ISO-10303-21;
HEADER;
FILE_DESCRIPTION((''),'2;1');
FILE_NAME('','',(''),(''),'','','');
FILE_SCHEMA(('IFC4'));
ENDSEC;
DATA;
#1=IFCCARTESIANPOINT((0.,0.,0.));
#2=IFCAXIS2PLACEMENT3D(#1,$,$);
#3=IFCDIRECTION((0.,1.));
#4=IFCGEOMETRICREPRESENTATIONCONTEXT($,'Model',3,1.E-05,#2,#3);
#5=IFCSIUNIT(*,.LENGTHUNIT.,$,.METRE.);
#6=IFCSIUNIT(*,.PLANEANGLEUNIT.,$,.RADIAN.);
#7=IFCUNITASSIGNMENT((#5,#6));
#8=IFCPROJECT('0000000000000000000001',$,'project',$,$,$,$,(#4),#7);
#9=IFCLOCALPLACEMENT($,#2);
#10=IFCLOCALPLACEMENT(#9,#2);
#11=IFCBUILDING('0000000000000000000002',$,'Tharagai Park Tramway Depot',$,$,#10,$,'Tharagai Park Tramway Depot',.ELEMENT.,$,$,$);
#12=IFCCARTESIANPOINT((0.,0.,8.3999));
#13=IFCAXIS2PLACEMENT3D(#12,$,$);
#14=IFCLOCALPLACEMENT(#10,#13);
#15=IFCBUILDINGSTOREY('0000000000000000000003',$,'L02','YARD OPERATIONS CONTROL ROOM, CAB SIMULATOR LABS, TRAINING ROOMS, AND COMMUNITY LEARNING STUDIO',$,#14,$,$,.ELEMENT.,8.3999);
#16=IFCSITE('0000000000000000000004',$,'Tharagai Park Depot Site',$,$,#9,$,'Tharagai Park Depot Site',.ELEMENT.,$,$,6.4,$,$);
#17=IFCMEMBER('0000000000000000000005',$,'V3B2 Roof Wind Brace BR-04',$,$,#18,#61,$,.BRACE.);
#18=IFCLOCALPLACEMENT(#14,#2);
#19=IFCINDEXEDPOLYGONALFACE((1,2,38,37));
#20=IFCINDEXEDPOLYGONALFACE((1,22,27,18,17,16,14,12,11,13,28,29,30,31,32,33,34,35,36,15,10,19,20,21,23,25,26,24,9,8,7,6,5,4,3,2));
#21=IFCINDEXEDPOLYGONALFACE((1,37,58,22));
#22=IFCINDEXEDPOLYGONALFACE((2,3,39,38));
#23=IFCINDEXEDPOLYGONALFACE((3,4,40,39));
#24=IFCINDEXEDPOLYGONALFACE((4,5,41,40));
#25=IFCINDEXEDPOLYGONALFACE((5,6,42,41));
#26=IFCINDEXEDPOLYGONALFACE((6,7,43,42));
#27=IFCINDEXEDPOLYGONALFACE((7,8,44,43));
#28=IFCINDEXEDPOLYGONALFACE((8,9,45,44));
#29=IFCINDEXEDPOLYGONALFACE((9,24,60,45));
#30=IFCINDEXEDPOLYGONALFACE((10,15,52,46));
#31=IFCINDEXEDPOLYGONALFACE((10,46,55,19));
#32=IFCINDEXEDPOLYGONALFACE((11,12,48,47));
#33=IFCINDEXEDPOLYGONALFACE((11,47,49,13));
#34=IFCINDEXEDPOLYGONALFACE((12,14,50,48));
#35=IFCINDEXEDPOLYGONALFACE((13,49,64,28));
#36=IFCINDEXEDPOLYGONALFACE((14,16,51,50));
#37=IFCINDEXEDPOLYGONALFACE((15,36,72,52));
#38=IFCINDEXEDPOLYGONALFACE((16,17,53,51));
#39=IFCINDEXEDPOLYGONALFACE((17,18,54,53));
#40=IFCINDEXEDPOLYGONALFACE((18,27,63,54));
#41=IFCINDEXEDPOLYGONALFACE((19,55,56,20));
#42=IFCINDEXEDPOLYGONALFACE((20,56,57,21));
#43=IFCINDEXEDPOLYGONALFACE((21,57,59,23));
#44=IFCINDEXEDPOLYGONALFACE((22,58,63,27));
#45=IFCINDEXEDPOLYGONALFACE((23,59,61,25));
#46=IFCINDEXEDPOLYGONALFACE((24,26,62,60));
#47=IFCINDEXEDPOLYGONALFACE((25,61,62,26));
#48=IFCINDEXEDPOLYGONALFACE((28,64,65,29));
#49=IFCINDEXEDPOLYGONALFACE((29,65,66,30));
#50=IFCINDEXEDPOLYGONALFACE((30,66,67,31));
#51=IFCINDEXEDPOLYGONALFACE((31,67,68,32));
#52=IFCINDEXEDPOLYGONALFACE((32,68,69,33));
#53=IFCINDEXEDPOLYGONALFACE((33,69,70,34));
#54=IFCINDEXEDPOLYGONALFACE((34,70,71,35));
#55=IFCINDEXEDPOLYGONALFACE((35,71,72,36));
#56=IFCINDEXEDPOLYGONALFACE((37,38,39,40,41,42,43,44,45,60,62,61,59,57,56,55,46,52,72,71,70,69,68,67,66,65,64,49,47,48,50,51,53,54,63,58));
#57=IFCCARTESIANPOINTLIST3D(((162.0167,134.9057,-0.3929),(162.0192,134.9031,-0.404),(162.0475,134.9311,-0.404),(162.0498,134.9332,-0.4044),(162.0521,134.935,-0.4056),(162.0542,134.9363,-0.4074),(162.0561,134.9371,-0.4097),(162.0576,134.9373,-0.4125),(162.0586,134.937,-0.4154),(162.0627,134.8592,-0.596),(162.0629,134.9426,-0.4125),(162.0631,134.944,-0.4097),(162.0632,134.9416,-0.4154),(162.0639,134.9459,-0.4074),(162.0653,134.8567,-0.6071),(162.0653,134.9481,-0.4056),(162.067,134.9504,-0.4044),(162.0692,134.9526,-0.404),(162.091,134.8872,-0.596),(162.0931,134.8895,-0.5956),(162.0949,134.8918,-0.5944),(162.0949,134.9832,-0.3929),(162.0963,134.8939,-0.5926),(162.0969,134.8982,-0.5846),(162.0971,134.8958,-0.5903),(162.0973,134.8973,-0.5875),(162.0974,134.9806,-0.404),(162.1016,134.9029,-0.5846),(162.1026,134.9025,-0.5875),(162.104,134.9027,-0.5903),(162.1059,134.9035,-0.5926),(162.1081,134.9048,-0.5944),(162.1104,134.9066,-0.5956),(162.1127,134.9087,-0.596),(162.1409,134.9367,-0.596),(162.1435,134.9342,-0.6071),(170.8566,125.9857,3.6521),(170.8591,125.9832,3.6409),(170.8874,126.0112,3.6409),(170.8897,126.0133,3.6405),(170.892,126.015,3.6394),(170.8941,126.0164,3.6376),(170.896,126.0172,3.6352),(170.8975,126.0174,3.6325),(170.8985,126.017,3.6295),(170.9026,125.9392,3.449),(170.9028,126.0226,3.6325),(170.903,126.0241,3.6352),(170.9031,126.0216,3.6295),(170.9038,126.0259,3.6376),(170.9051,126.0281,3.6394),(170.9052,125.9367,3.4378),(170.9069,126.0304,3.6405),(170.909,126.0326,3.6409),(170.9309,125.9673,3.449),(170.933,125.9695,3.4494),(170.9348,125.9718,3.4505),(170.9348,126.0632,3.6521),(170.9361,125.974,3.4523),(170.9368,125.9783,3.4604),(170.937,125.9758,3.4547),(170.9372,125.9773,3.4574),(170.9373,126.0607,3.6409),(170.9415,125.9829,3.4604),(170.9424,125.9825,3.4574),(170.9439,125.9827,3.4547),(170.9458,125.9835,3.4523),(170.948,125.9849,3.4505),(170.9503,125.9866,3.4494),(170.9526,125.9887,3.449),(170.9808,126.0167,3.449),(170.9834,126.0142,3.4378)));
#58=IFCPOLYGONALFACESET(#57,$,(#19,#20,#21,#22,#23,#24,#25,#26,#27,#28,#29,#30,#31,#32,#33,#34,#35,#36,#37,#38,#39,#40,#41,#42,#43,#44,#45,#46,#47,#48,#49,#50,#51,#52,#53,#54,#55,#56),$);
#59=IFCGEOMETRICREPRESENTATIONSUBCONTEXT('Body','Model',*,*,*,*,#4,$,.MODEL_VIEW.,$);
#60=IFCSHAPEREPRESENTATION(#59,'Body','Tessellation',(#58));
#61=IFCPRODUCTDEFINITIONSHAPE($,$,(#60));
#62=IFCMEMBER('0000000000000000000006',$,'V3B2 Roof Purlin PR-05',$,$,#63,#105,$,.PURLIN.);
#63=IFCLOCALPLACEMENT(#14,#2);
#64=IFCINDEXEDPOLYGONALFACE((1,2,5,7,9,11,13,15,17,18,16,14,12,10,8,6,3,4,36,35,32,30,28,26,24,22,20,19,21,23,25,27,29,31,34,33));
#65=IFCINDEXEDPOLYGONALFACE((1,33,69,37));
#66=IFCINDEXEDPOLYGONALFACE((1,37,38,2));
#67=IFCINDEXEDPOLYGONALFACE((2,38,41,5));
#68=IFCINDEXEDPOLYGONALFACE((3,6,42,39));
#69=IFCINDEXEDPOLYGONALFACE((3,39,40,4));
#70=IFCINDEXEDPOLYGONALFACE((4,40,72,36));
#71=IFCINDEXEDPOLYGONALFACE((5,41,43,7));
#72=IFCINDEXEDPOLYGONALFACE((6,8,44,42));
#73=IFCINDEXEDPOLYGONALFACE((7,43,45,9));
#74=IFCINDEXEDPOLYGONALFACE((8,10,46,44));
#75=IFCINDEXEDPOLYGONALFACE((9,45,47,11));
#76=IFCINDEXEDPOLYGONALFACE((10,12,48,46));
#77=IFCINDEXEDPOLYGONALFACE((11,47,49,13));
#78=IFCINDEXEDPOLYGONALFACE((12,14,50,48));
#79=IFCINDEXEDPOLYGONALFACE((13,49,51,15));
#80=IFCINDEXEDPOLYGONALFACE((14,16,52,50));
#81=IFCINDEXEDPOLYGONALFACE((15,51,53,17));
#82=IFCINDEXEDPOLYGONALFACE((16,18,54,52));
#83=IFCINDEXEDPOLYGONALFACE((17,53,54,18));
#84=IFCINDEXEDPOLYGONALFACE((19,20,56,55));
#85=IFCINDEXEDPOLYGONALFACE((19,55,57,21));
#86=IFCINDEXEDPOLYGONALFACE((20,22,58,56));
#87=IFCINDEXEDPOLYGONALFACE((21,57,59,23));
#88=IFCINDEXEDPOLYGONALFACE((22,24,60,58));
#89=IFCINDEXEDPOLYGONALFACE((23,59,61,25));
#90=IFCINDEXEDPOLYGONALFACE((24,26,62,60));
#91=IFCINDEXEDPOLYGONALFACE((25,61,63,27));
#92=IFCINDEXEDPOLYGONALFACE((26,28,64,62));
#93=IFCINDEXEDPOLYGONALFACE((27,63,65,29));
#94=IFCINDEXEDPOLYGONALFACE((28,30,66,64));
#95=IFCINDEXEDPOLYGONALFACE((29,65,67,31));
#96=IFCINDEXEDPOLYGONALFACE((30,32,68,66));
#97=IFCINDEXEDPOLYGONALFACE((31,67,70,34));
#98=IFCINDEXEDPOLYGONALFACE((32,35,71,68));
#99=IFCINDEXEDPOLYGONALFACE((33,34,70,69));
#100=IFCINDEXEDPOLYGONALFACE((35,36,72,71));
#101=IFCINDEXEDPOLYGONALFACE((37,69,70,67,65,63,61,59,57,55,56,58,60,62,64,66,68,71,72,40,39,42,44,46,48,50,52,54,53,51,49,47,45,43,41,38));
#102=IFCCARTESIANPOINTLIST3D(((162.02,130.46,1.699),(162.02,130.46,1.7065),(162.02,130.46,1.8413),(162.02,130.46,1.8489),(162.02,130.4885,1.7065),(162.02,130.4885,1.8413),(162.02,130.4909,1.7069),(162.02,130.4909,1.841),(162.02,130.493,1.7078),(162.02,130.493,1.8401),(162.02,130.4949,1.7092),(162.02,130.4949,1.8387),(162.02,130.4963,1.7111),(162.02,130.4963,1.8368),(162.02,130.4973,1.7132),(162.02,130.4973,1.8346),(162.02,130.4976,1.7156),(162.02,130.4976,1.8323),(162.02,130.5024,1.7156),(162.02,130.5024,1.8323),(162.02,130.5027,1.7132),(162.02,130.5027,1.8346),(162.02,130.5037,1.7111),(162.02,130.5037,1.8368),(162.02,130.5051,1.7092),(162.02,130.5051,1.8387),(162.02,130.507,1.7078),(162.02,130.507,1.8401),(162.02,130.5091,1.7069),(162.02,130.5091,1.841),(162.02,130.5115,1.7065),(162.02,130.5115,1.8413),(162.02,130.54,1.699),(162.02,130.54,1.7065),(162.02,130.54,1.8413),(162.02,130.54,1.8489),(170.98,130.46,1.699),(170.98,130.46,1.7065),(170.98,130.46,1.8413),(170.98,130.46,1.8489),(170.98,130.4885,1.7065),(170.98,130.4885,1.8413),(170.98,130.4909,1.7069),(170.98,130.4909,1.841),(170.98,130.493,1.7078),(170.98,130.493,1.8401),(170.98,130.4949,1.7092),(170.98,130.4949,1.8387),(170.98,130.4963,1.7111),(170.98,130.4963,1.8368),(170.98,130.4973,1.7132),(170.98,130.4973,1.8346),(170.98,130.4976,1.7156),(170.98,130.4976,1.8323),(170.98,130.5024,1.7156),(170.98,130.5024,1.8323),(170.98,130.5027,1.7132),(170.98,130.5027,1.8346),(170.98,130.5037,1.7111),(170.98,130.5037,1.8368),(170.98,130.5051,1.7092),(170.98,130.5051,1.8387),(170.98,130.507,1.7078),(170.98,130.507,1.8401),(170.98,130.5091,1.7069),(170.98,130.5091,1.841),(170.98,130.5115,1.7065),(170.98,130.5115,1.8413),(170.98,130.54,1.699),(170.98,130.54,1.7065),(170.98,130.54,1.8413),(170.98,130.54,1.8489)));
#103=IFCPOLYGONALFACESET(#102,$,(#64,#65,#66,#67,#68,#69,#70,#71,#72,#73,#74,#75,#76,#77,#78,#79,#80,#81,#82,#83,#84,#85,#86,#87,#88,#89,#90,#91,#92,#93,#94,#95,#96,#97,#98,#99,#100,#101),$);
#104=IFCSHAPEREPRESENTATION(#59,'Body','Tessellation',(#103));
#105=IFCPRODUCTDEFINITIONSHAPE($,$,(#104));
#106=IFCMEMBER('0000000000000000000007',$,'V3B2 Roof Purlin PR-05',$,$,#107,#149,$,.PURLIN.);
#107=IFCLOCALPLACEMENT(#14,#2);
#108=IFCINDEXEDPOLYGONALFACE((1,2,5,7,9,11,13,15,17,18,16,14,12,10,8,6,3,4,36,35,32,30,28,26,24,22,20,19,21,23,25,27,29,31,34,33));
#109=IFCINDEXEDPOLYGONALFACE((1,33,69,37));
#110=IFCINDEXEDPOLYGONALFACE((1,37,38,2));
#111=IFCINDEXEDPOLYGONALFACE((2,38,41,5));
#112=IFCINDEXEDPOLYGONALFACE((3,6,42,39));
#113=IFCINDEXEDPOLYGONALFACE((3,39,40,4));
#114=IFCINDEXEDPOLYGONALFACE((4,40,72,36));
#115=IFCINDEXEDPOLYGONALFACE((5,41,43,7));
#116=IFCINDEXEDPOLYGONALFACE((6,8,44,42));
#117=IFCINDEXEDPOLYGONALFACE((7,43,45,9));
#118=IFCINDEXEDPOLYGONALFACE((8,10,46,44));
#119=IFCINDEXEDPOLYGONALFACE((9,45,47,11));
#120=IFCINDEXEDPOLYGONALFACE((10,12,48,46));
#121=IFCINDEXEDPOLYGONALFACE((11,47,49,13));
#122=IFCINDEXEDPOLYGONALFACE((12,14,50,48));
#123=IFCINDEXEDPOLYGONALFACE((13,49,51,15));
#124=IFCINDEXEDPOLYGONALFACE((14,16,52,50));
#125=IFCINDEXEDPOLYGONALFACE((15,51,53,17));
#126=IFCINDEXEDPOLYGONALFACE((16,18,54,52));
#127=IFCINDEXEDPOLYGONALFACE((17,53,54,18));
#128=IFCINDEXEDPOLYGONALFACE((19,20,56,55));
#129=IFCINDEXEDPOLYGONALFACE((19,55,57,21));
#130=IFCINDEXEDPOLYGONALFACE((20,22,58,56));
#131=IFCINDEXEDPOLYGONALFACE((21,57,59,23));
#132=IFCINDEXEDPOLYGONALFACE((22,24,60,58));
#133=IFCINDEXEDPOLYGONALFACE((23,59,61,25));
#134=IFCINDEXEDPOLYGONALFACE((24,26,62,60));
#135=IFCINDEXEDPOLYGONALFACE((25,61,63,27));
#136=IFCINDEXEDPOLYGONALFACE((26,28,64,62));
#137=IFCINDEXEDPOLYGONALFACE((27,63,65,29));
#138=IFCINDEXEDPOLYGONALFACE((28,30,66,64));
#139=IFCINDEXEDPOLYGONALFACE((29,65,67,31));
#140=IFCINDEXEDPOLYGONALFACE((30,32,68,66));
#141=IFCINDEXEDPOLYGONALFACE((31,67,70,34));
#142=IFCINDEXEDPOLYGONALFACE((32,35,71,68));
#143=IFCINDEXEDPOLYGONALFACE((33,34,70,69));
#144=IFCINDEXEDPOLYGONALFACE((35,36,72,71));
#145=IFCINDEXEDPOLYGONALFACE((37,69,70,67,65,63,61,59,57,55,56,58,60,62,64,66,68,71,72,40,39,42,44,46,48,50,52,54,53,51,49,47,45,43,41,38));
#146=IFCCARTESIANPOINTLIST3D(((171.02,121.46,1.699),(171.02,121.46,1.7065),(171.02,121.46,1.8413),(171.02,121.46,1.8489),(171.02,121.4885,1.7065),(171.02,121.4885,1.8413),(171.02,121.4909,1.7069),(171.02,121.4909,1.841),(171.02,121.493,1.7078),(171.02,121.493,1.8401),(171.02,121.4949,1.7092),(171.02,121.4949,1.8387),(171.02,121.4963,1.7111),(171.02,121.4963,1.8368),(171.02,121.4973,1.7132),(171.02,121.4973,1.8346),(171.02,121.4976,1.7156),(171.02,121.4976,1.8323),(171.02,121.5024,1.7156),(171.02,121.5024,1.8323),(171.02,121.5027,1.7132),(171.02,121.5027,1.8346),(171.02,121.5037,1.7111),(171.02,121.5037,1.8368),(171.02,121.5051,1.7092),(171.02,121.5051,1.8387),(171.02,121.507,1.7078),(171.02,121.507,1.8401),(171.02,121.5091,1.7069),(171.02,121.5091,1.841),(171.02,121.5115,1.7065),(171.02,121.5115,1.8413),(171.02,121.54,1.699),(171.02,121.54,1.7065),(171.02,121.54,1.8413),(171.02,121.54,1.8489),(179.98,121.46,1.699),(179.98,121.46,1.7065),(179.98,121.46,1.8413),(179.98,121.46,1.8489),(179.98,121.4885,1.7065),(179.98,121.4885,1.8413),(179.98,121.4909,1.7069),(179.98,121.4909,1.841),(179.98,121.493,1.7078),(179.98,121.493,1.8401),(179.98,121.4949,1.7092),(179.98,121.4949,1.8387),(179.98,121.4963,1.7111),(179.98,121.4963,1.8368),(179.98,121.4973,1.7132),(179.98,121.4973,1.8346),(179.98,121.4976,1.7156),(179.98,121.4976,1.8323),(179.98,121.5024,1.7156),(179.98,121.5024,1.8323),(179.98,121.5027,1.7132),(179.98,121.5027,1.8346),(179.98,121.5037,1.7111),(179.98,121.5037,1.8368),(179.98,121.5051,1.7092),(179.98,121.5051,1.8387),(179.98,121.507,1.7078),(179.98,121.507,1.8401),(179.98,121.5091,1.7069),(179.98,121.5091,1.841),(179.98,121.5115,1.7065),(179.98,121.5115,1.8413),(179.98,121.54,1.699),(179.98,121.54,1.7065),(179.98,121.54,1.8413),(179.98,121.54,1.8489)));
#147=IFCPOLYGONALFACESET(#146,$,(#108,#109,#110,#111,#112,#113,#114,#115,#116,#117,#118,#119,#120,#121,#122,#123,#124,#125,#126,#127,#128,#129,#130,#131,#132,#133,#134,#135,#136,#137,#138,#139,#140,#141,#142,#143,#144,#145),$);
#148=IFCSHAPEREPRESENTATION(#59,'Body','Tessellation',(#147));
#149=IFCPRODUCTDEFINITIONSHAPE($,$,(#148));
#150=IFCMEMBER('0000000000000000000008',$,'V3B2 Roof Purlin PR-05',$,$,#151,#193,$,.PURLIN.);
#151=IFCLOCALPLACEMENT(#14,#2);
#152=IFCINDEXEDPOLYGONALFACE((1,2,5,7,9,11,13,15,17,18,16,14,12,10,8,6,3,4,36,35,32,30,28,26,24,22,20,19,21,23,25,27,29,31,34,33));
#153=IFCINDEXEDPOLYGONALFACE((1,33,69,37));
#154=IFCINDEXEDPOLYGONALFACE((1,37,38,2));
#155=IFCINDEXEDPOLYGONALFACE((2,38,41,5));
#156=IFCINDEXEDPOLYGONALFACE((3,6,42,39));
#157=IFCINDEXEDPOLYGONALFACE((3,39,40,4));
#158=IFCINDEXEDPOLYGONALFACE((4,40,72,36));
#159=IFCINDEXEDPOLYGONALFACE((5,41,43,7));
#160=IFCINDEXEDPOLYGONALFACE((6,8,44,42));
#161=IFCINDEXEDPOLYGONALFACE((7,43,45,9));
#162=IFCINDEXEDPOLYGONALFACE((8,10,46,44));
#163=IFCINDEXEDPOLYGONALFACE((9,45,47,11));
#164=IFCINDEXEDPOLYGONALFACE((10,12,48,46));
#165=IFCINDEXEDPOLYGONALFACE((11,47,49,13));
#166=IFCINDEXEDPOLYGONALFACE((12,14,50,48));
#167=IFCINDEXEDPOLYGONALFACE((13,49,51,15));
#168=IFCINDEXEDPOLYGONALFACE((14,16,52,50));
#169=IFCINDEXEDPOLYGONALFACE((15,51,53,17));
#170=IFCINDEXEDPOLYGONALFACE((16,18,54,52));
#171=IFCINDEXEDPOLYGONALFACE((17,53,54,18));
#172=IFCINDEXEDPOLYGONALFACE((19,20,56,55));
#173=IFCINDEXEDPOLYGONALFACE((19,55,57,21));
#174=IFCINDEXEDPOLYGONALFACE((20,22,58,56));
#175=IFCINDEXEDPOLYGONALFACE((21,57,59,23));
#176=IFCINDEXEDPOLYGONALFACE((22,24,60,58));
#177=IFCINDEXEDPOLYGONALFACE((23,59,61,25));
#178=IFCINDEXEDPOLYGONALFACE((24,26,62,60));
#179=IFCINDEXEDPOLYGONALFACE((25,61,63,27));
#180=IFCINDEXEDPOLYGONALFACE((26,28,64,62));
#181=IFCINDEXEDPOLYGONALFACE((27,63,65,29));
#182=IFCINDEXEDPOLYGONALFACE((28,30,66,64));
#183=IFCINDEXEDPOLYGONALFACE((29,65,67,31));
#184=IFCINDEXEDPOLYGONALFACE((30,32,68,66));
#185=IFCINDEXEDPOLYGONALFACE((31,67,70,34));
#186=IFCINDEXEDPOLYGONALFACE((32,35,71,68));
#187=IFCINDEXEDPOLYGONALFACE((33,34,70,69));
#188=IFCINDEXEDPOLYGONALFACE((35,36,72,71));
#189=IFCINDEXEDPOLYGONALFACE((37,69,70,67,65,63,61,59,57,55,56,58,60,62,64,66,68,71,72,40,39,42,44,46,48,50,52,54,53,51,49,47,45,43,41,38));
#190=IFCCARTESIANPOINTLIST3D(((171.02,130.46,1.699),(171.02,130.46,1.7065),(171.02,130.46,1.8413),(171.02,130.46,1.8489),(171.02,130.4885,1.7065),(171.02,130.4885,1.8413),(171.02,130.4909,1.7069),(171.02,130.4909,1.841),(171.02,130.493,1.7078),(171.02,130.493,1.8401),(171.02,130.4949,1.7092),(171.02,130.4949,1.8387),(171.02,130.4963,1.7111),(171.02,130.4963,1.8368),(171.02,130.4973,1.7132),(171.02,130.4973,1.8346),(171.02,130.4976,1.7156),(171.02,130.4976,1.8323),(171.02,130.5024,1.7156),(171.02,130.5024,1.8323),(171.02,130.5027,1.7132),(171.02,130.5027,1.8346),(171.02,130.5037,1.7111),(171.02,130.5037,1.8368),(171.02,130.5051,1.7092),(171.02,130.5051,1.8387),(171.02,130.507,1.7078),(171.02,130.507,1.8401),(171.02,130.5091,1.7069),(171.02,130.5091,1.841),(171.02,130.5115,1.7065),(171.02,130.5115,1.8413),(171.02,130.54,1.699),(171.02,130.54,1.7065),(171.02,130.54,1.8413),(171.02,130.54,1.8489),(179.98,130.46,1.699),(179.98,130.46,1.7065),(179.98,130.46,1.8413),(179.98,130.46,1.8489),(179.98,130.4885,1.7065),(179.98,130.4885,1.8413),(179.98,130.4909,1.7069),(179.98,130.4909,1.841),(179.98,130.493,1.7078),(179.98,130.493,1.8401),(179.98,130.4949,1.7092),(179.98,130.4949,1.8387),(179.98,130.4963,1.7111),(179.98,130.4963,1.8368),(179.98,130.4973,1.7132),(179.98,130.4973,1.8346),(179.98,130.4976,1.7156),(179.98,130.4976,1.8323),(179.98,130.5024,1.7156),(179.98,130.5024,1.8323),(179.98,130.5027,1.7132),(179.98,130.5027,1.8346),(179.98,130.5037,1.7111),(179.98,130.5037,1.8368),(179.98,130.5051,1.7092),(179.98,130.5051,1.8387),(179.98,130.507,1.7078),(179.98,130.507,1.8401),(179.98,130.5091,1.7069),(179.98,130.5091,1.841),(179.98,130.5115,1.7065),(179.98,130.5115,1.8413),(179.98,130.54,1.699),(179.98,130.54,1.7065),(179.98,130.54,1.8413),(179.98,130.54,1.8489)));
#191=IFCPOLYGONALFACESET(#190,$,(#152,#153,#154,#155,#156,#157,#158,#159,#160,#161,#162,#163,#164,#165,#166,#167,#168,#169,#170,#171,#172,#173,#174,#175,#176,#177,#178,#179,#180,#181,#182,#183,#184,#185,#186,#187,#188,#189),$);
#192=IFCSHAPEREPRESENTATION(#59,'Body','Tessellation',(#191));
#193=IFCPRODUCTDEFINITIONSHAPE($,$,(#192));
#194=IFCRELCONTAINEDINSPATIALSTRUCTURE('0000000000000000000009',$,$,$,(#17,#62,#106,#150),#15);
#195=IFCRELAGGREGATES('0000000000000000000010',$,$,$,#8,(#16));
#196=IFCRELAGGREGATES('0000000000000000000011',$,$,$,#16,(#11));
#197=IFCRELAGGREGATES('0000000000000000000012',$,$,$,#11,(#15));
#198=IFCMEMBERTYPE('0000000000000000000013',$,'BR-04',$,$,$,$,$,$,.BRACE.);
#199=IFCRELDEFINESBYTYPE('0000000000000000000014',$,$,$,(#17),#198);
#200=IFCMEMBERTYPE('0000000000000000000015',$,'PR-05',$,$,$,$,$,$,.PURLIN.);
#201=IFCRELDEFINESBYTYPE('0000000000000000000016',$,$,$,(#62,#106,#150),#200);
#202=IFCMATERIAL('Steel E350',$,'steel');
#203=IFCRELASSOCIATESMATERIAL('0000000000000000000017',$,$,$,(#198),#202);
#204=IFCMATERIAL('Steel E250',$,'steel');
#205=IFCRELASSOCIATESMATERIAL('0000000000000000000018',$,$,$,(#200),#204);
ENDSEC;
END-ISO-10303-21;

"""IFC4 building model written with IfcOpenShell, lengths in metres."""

from ifc_helpers import new_model, si_unit, direction, frame, origin, origin_2d, place, context, subcontext, project, spatial, i_section, extrude, material, material_profile, profile_set, type_object, element, save


model = new_model("IFC4")

# Units and contexts
model_context = context("Model", 3, precision=1e-05, world=origin(), true_north=direction((0.0, 1.0)))
body_context = subcontext(model_context, "Body", "Model", "MODEL_VIEW")
ifc_project = project(units=[si_unit("LENGTHUNIT", "METRE"), si_unit("PLANEANGLEUNIT", "RADIAN")], contexts=[model_context])

# Site, building, storey
site_placement = place(None, origin())
site = spatial("IfcSite", under=ifc_project, at=site_placement, Name="Tharagai Park Depot Site", LongName="Tharagai Park Depot Site", CompositionType="ELEMENT", RefElevation=6.4)
building_placement = place(site_placement, origin())
building = spatial("IfcBuilding", under=site, at=building_placement, Name="Tharagai Park Tramway Depot", LongName="Tharagai Park Tramway Depot", CompositionType="ELEMENT")
storey_placement = place(building_placement, frame((0.0, 0.0, 8.3999)))
storey = spatial("IfcBuildingStorey", under=building, at=storey_placement, Name="L02", Description="YARD OPERATIONS CONTROL ROOM, CAB SIMULATOR LABS, TRAINING ROOMS, AND COMMUNITY LEARNING STUDIO", CompositionType="ELEMENT", Elevation=8.3999)

# Shared definitions
ifc_material_1 = material(Name="Steel E350", Category="steel")

# Members
ifc_material_profile_1 = material_profile(ifc_material_1, i_section(OverallWidth=0.1101, OverallDepth=0.2251, WebThickness=0.0066, FlangeThickness=0.0117, FilletRadius=0.012, at=origin_2d()), Name="ISMB 225")
ifc_profile_set_1 = profile_set([ifc_material_profile_1], Name="Steel E350")
member_type_1 = type_object("IfcMemberType", Name="BR-04", PredefinedType="BRACE", material=ifc_profile_set_1)
member_placement = place(storey_placement, frame((162.0801, 134.9199, -0.5), z_axis=(0.670014, -0.676083, 0.306584), x_axis=(0.710288, 0.703911, 0.0)))
element("IfcMember", 1, at=member_placement, inside=storey, type_object=member_type_1, Name="V3B2 Roof Wind Brace BR-04", PredefinedType="BRACE", context=body_context, shape_type="SweptSolid", body=[
    extrude(i_section(OverallWidth=0.1101, OverallDepth=0.2251, WebThickness=0.0066, FlangeThickness=0.0117, FilletRadius=0.012, at=origin_2d()), origin(), (0.0, 0.0, 1.0), 13.1936),
])
ifc_material_2 = material(Name="Steel E250", Category="steel")
ifc_material_profile_2 = material_profile(ifc_material_2, i_section(OverallWidth=0.0801, OverallDepth=0.1499, WebThickness=0.0049, FlangeThickness=0.0076, FilletRadius=0.009, at=origin_2d()), Name="ISMB 150")
ifc_profile_set_2 = profile_set([ifc_material_profile_2], Name="Steel E250")
member_type_2 = type_object("IfcMemberType", Name="PR-05", PredefinedType="PURLIN", material=ifc_profile_set_2)
for number, where, z_axis, x_axis, name in (
    (2, (162.02, 130.5, 1.7739), (1.0, 0.0, 0.0), (0.0, 1.0, 0.0), "V3B2 Roof Purlin PR-05"),
    (3, (171.02, 121.5, 1.7739), (1.0, 0.0, 0.0), (0.0, 1.0, 0.0), "V3B2 Roof Purlin PR-05"),
    (4, (171.02, 130.5, 1.7739), (1.0, 0.0, 0.0), (0.0, 1.0, 0.0), "V3B2 Roof Purlin PR-05"),
):
    element("IfcMember", number, at=place(storey_placement, frame(where, z_axis=z_axis, x_axis=x_axis)), inside=storey, type_object=member_type_2, Name=name, PredefinedType="PURLIN", context=body_context, shape_type="SweptSolid", body=[
        extrude(i_section(OverallWidth=0.0801, OverallDepth=0.1499, WebThickness=0.0049, FlangeThickness=0.0076, FilletRadius=0.009, at=origin_2d()), origin(), (0.0, 0.0, 1.0), 8.96),
    ])

save(model, "model.ifc")
